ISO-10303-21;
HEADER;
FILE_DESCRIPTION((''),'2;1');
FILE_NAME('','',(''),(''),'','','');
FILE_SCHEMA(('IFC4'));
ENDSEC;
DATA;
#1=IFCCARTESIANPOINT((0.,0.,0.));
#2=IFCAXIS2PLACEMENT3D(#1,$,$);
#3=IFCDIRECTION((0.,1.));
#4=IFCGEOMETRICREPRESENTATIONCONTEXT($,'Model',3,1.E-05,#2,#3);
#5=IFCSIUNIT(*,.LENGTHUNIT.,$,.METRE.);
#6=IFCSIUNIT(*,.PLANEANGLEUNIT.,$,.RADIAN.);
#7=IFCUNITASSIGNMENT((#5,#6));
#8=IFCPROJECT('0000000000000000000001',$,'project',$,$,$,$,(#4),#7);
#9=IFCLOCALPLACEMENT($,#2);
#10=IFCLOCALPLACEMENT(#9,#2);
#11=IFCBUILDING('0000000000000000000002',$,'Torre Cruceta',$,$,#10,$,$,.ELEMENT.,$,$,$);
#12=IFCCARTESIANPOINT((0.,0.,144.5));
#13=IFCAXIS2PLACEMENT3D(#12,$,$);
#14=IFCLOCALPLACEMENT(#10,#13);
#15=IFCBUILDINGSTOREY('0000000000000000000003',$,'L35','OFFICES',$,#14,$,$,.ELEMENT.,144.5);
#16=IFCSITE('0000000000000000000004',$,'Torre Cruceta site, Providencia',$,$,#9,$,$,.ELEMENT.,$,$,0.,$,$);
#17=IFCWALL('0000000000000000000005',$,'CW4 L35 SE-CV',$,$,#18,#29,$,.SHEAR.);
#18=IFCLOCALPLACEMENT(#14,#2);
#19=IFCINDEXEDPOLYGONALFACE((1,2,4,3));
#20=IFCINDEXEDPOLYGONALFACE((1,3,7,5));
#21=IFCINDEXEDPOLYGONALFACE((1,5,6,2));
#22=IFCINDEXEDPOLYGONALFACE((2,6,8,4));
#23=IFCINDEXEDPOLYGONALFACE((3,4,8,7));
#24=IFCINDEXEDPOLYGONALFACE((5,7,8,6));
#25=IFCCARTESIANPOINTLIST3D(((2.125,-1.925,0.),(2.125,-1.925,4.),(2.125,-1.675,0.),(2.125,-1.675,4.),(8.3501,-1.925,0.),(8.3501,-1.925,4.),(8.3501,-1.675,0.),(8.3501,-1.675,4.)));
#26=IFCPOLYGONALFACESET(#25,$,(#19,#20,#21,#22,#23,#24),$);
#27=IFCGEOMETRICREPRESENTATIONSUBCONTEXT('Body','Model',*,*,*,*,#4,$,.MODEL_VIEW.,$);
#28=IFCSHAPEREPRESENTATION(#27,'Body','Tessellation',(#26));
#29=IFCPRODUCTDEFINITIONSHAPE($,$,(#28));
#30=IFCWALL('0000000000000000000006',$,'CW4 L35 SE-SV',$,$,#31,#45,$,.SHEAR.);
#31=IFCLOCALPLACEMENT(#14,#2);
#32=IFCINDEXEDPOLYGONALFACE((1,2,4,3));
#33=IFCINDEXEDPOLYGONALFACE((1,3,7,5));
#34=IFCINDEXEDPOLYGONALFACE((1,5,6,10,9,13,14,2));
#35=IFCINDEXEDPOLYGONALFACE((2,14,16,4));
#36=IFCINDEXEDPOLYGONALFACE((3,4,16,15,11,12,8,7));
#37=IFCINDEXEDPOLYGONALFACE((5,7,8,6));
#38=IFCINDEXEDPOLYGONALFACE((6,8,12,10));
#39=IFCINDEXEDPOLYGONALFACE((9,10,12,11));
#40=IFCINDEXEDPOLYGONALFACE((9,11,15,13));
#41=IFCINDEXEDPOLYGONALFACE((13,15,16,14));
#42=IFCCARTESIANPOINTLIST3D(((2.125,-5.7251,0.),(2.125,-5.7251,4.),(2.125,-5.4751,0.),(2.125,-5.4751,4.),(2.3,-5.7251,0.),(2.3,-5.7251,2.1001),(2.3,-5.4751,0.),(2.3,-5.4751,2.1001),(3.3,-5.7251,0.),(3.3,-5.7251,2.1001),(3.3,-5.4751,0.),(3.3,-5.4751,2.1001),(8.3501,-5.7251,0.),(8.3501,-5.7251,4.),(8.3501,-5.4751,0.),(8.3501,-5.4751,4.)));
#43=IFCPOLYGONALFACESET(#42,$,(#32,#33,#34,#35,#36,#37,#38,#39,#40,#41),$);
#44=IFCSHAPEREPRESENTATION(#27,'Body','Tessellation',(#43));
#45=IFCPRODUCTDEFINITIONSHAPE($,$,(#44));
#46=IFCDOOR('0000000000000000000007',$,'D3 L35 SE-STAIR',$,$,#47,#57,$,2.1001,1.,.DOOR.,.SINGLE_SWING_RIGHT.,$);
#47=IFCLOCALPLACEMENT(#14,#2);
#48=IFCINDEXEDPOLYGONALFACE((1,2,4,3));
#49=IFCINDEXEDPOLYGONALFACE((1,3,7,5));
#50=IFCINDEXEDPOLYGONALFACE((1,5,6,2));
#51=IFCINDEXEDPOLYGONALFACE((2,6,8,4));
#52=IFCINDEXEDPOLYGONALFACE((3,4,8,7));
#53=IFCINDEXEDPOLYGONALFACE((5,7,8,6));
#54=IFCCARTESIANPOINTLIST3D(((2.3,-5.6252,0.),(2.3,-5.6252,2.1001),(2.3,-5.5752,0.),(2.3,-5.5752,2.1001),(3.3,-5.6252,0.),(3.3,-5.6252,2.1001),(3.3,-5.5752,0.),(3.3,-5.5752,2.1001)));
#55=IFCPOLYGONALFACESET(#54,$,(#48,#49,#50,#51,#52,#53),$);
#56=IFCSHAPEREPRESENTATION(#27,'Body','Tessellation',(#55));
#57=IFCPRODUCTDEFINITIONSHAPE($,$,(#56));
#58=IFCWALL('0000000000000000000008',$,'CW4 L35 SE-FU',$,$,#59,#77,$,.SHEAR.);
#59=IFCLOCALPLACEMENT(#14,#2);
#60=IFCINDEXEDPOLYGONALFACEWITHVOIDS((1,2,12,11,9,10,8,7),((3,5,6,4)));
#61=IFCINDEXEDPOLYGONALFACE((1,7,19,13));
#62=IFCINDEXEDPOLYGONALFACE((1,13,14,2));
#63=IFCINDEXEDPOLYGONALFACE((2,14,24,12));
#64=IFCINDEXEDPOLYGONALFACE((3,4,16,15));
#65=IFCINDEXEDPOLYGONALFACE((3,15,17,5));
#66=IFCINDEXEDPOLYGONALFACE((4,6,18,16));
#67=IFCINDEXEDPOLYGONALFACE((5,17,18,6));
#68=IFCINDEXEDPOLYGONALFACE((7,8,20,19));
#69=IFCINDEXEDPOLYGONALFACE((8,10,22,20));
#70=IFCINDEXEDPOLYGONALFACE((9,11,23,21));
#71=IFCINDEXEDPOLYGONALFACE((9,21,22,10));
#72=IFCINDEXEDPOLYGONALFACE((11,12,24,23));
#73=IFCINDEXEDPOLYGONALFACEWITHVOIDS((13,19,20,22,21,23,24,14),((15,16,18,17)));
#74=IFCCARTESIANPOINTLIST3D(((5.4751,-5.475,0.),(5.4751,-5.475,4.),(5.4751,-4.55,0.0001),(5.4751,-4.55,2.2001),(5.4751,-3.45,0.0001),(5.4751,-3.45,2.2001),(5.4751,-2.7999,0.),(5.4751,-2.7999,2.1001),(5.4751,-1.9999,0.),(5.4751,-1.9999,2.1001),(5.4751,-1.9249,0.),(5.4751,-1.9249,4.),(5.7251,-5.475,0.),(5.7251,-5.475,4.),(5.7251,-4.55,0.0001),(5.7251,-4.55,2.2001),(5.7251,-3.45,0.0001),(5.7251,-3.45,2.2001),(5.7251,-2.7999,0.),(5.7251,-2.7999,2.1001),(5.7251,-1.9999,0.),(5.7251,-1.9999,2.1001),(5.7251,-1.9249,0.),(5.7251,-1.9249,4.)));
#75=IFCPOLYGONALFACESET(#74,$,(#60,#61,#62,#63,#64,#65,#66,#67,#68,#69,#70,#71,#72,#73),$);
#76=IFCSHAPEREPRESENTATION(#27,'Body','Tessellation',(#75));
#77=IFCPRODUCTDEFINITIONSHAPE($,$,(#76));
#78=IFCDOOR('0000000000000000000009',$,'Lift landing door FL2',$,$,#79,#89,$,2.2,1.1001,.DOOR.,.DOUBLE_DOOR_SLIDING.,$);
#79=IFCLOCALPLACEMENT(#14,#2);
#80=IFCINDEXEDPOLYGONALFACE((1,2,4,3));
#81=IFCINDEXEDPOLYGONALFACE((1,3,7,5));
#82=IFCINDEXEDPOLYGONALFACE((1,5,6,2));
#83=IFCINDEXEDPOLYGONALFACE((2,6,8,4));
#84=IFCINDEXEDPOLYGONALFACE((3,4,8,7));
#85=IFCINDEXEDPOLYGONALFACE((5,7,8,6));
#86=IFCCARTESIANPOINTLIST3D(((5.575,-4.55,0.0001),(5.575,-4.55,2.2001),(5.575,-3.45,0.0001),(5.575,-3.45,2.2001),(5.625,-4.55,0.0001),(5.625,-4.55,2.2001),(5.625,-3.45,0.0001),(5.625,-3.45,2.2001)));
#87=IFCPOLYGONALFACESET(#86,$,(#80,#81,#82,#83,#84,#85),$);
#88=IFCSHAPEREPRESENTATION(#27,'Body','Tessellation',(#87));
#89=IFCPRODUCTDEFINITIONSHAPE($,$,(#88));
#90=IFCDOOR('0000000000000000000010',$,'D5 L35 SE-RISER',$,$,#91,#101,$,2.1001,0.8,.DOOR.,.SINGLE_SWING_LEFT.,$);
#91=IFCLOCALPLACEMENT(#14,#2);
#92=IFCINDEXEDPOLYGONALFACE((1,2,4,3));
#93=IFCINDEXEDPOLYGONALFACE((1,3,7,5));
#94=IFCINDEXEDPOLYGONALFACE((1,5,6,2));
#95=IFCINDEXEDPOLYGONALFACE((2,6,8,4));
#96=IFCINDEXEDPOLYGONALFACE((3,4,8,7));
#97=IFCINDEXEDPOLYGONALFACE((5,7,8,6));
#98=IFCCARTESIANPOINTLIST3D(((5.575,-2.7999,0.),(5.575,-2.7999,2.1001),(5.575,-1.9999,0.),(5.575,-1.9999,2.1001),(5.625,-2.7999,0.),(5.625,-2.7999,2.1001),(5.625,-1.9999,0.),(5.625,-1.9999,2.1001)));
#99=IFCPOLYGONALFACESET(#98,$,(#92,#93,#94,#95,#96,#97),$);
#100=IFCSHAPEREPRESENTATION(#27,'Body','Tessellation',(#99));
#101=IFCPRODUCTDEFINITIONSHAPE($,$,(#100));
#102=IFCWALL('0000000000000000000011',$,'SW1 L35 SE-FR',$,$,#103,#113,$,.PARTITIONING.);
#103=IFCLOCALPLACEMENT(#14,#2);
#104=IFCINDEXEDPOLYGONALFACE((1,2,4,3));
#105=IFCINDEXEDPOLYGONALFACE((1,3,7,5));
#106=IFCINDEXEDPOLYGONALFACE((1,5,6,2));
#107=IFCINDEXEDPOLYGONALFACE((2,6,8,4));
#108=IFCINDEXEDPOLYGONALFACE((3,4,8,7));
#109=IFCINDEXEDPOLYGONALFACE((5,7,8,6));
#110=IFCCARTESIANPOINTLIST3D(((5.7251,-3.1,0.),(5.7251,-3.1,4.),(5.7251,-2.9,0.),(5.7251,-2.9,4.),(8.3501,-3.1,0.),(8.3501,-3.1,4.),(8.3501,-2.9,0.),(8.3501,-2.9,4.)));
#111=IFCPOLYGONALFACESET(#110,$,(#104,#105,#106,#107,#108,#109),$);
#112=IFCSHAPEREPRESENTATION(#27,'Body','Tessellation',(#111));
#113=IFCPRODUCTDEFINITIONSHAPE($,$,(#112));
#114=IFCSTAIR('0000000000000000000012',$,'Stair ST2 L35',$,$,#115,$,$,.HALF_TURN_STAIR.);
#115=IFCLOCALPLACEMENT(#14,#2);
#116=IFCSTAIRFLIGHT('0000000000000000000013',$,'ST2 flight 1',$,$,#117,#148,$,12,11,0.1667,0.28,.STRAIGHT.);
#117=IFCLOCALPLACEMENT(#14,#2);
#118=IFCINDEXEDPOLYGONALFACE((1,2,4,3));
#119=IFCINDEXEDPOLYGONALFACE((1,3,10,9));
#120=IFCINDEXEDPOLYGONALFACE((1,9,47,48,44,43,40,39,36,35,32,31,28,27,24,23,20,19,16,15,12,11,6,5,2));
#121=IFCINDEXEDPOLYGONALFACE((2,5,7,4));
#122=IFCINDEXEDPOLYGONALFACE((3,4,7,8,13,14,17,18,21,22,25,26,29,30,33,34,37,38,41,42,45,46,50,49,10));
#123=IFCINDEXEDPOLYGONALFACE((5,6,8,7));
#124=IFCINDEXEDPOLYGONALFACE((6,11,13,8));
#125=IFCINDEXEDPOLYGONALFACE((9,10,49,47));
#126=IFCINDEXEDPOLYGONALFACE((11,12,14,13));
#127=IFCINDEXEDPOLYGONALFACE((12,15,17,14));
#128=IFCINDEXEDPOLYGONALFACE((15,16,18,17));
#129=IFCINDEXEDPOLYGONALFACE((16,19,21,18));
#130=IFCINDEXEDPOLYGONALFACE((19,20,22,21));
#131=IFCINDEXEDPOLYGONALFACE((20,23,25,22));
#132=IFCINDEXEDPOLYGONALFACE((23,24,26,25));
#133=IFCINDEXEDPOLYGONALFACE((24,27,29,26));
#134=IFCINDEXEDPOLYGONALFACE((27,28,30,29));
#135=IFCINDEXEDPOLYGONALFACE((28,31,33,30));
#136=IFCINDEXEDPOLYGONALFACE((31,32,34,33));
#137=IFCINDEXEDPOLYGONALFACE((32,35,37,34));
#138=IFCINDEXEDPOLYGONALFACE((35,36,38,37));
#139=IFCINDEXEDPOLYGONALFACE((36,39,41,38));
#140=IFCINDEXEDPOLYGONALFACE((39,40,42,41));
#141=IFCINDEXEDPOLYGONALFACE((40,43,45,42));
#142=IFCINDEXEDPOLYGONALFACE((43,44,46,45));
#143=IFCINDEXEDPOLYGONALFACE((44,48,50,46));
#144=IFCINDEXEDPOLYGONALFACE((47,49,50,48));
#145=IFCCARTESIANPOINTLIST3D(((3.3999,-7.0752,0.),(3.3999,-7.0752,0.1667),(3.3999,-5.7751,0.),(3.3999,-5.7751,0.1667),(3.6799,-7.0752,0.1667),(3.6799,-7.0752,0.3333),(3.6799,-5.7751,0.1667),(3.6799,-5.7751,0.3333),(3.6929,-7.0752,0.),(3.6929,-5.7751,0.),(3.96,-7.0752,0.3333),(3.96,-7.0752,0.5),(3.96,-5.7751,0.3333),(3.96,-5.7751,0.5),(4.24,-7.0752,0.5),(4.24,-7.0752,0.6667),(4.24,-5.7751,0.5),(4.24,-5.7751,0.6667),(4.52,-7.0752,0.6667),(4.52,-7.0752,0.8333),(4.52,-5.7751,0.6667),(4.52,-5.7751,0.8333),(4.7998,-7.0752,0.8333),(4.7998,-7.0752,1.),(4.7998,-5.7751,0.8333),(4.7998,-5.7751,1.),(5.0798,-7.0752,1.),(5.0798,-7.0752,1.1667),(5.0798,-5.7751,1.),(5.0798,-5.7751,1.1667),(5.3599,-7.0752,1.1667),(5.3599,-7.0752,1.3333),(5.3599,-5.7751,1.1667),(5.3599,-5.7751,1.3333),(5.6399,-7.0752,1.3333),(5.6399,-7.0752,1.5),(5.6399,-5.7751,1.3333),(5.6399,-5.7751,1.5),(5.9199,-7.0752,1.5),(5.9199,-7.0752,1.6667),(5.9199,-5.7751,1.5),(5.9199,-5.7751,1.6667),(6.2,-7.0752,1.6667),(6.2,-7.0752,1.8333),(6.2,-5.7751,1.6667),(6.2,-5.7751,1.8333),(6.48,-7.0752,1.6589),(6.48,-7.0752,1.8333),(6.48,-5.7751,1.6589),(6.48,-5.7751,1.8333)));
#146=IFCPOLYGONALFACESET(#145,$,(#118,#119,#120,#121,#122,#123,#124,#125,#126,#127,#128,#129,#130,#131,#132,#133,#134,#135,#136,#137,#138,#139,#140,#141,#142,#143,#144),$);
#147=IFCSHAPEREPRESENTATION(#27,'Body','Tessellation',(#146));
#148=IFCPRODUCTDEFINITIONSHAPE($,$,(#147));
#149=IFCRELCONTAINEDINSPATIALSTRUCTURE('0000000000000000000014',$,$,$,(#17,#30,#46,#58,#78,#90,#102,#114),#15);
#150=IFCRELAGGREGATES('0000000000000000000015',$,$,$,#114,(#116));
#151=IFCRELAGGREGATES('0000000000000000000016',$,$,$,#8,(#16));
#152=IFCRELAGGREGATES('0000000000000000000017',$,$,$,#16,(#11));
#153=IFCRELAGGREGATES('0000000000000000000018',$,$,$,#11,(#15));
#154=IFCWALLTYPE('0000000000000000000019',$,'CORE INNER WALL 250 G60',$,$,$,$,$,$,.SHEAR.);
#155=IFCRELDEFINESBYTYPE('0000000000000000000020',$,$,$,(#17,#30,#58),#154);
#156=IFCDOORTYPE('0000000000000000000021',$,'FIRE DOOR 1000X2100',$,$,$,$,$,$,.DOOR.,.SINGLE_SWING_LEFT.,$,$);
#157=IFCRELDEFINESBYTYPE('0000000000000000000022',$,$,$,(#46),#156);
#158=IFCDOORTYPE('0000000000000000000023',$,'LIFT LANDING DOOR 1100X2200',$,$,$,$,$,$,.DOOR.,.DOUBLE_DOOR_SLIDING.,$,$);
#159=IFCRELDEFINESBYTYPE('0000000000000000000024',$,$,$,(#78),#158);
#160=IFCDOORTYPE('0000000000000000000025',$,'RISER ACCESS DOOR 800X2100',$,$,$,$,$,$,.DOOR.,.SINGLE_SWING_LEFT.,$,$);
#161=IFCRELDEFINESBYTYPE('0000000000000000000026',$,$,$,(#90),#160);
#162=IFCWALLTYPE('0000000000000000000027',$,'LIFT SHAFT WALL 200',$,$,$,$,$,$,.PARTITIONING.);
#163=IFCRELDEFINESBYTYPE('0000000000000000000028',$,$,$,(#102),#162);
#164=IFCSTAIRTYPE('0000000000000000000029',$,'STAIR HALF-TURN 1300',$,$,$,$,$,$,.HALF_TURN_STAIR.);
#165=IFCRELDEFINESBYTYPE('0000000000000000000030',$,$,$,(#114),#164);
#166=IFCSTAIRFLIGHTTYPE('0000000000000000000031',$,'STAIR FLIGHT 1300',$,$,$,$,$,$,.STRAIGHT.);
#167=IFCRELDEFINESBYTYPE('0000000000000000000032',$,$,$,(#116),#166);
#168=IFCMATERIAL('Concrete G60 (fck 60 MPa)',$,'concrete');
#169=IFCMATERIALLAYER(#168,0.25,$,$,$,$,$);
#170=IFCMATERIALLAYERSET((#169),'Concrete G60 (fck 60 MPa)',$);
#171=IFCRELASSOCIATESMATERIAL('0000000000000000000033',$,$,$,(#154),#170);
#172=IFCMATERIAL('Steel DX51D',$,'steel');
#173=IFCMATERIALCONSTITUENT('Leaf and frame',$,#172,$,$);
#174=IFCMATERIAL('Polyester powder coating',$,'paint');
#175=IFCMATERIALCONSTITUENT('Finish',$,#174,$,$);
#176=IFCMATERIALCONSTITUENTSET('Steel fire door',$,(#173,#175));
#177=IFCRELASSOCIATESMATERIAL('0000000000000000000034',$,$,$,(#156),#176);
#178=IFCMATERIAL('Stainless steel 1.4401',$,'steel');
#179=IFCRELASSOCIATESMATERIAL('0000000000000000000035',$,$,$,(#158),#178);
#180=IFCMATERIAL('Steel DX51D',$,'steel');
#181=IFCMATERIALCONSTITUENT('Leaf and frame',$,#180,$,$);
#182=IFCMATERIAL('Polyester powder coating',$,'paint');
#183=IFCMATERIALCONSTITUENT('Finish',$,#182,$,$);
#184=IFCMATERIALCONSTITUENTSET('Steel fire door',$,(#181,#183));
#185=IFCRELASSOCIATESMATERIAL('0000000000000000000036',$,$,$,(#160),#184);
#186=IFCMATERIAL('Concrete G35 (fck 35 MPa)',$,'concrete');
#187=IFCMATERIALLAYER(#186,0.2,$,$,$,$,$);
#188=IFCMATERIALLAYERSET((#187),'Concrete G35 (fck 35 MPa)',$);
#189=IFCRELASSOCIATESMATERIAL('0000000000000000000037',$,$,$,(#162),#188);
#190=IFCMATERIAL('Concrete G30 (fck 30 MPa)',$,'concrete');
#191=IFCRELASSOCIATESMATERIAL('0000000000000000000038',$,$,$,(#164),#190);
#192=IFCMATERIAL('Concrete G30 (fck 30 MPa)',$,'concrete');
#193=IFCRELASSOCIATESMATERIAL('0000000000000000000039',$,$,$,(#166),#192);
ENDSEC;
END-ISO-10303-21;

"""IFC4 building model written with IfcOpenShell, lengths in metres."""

from ifc_helpers import new_model, si_unit, direction, frame, frame_2d, origin, place, context, subcontext, project, spatial, polyline, rectangle, outline, extrude, material, layer, layer_set, constituent, constituent_set, type_object, element, fill, aggregate, save


model = new_model("IFC4")

# Units and contexts
model_context = context("Model", 3, precision=1e-05, world=origin(), true_north=direction((0.0, 1.0)))
body_context = subcontext(model_context, "Body", "Model", "MODEL_VIEW")
ifc_project = project(units=[si_unit("LENGTHUNIT", "METRE"), si_unit("PLANEANGLEUNIT", "RADIAN")], contexts=[model_context])

# Site, building, storey
site_placement = place(None, origin())
site = spatial("IfcSite", under=ifc_project, at=site_placement, Name="Torre Cruceta site, Providencia", CompositionType="ELEMENT", RefElevation=0.0)
building_placement = place(site_placement, origin())
building = spatial("IfcBuilding", under=site, at=building_placement, Name="Torre Cruceta", CompositionType="ELEMENT")
storey_placement = place(building_placement, frame((0.0, 0.0, 144.5)))
storey = spatial("IfcBuildingStorey", under=building, at=storey_placement, Name="L35", Description="OFFICES", CompositionType="ELEMENT", Elevation=144.5)

# Shared definitions
ifc_material_1 = material(Name="Concrete G60 (fck 60 MPa)", Category="concrete")
ifc_layer_1 = layer(ifc_material_1, 0.25)
ifc_layer_set_1 = layer_set([ifc_layer_1], Name="Concrete G60 (fck 60 MPa)")
wall_type_1 = type_object("IfcWallType", Name="CORE INNER WALL 250 G60", PredefinedType="SHEAR", material=ifc_layer_set_1)
ifc_material_2 = material(Name="Steel DX51D", Category="steel")
ifc_constituent_1 = constituent(ifc_material_2, Name="Leaf and frame")
ifc_material_3 = material(Name="Polyester powder coating", Category="paint")
ifc_constituent_2 = constituent(ifc_material_3, Name="Finish")
ifc_constituent_set_1 = constituent_set(constituents=[ifc_constituent_1, ifc_constituent_2], Name="Steel fire door")
door_type_1 = type_object("IfcDoorType", Name="FIRE DOOR 1000X2100", OperationType="SINGLE_SWING_LEFT", PredefinedType="DOOR", material=ifc_constituent_set_1)

# Wall
wall_1_placement = place(storey_placement, frame((2.125, -1.8, 0.0), z_axis=(0.0, 0.0, 1.0), x_axis=(1.0, 0.0, 0.0)))
element("IfcWall", 1, at=wall_1_placement, inside=storey, type_object=wall_type_1, Name="CW4 L35 SE-CV", PredefinedType="SHEAR", context=body_context, shape_type="SweptSolid", body=[
    extrude(rectangle(XDim=6.2251, YDim=0.25, at=frame_2d((3.1125, 0.0))), origin(), (0.0, 0.0, 1.0), 4.0),
])

# Wall, opening, door
wall_2_placement = place(storey_placement, frame((2.125, -5.6001, 0.0), z_axis=(0.0, 0.0, 1.0), x_axis=(1.0, 0.0, 0.0)))
wall_2 = element("IfcWall", 2, at=wall_2_placement, inside=storey, type_object=wall_type_1, Name="CW4 L35 SE-SV", PredefinedType="SHEAR", context=body_context, shape_type="SweptSolid", body=[
    extrude(rectangle(XDim=6.2251, YDim=0.25, at=frame_2d((3.1125, 0.0))), origin(), (0.0, 0.0, 1.0), 4.0),
])
opening_1_placement = place(wall_2_placement, frame((0.175, 0.0, 0.0)))
opening_1 = element("IfcOpeningElement", 3, at=opening_1_placement, cuts=wall_2, PredefinedType="OPENING", context=body_context, shape_type="SweptSolid", body=[
    extrude(rectangle(XDim=1.0, YDim=2.1001, at=frame_2d((0.5, 1.05))), frame((0.0, 0.135, 0.0), z_axis=(0.0, -1.0, 0.0), x_axis=(1.0, 0.0, 0.0)), (0.0, 0.0, 1.0), 0.27),
])
door_1_placement = place(opening_1_placement, frame((1.0, 0.0, 0.0), z_axis=(0.0, 0.0, 1.0), x_axis=(-1.0, 0.0, 0.0)))
door_1 = element("IfcDoor", 4, at=door_1_placement, inside=storey, type_object=door_type_1, Name="D3 L35 SE-STAIR", OperationType="SINGLE_SWING_RIGHT", OverallHeight=2.1001, OverallWidth=1.0, PredefinedType="DOOR", context=body_context, shape_type="SweptSolid", body=[
    extrude(rectangle(XDim=1.0, YDim=2.1001, at=frame_2d((0.5, 1.05))), frame((0.0, 0.0251, 0.0), z_axis=(0.0, -1.0, 0.0), x_axis=(1.0, 0.0, 0.0)), (0.0, 0.0, 1.0), 0.05),
])
fill(opening_1, door_1)

# Wall, openings, doors
wall_3_placement = place(storey_placement, frame((5.6001, -1.925, 0.0), z_axis=(0.0, 0.0, 1.0), x_axis=(0.0, -1.0, 0.0)))
wall_3 = element("IfcWall", 5, at=wall_3_placement, inside=storey, type_object=wall_type_1, Name="CW4 L35 SE-FU", PredefinedType="SHEAR", context=body_context, shape_type="SweptSolid", body=[
    extrude(rectangle(XDim=3.55, YDim=0.25, at=frame_2d((1.7749, 0.0))), origin(), (0.0, 0.0, 1.0), 4.0),
])
opening_2_placement = place(wall_3_placement, frame((1.5249, 0.0, 0.0)))
opening_2 = element("IfcOpeningElement", 6, at=opening_2_placement, cuts=wall_3, PredefinedType="OPENING", context=body_context, shape_type="SweptSolid", body=[
    extrude(rectangle(XDim=1.1001, YDim=2.2, at=frame_2d((0.55, 1.1001))), frame((0.0, 0.135, 0.0), z_axis=(0.0, -1.0, 0.0), x_axis=(1.0, 0.0, 0.0)), (0.0, 0.0, 1.0), 0.27),
])
opening_3_placement = place(wall_3_placement, frame((0.075, 0.0, 0.0)))
opening_3 = element("IfcOpeningElement", 7, at=opening_3_placement, cuts=wall_3, PredefinedType="OPENING", context=body_context, shape_type="SweptSolid", body=[
    extrude(rectangle(XDim=0.8, YDim=2.1001, at=frame_2d((0.3999, 1.05))), frame((0.0, 0.135, 0.0), z_axis=(0.0, -1.0, 0.0), x_axis=(1.0, 0.0, 0.0)), (0.0, 0.0, 1.0), 0.27),
])
ifc_material_4 = material(Name="Stainless steel 1.4401", Category="steel")
door_type_2 = type_object("IfcDoorType", Name="LIFT LANDING DOOR 1100X2200", OperationType="DOUBLE_DOOR_SLIDING", PredefinedType="DOOR", material=ifc_material_4)
door_2_placement = place(opening_2_placement, origin())
door_2 = element("IfcDoor", 8, at=door_2_placement, inside=storey, type_object=door_type_2, Name="Lift landing door FL2", OperationType="DOUBLE_DOOR_SLIDING", OverallHeight=2.2, OverallWidth=1.1001, PredefinedType="DOOR", context=body_context, shape_type="SweptSolid", body=[
    extrude(rectangle(XDim=1.1001, YDim=2.2, at=frame_2d((0.55, 1.1001))), frame((0.0, 0.0249, 0.0), z_axis=(0.0, -1.0, 0.0), x_axis=(1.0, 0.0, 0.0)), (0.0, 0.0, 1.0), 0.05),
])
fill(opening_2, door_2)
ifc_material_5 = material(Name="Steel DX51D", Category="steel")
ifc_constituent_3 = constituent(ifc_material_5, Name="Leaf and frame")
ifc_material_6 = material(Name="Polyester powder coating", Category="paint")
ifc_constituent_4 = constituent(ifc_material_6, Name="Finish")
ifc_constituent_set_2 = constituent_set(constituents=[ifc_constituent_3, ifc_constituent_4], Name="Steel fire door")
door_type_3 = type_object("IfcDoorType", Name="RISER ACCESS DOOR 800X2100", OperationType="SINGLE_SWING_LEFT", PredefinedType="DOOR", material=ifc_constituent_set_2)
door_3_placement = place(opening_3_placement, origin())
door_3 = element("IfcDoor", 9, at=door_3_placement, inside=storey, type_object=door_type_3, Name="D5 L35 SE-RISER", OperationType="SINGLE_SWING_LEFT", OverallHeight=2.1001, OverallWidth=0.8, PredefinedType="DOOR", context=body_context, shape_type="SweptSolid", body=[
    extrude(rectangle(XDim=0.8, YDim=2.1001, at=frame_2d((0.3999, 1.05))), frame((0.0, 0.0249, 0.0), z_axis=(0.0, -1.0, 0.0), x_axis=(1.0, 0.0, 0.0)), (0.0, 0.0, 1.0), 0.05),
])
fill(opening_3, door_3)

# Wall
ifc_material_7 = material(Name="Concrete G35 (fck 35 MPa)", Category="concrete")
ifc_layer_2 = layer(ifc_material_7, 0.2)
ifc_layer_set_2 = layer_set([ifc_layer_2], Name="Concrete G35 (fck 35 MPa)")
wall_type_2 = type_object("IfcWallType", Name="LIFT SHAFT WALL 200", PredefinedType="PARTITIONING", material=ifc_layer_set_2)
wall_4_placement = place(storey_placement, frame((5.7251, -3.0, 0.0), z_axis=(0.0, 0.0, 1.0), x_axis=(1.0, 0.0, 0.0)))
element("IfcWall", 10, at=wall_4_placement, inside=storey, type_object=wall_type_2, Name="SW1 L35 SE-FR", PredefinedType="PARTITIONING", context=body_context, shape_type="SweptSolid", body=[
    extrude(rectangle(XDim=2.625, YDim=0.2, at=frame_2d((1.3125, 0.0))), origin(), (0.0, 0.0, 1.0), 4.0),
])

# Stair, stair flight
ifc_material_8 = material(Name="Concrete G30 (fck 30 MPa)", Category="concrete")
stair_type = type_object("IfcStairType", Name="STAIR HALF-TURN 1300", PredefinedType="HALF_TURN_STAIR", material=ifc_material_8)
stair_placement = place(storey_placement, origin())
stair = element("IfcStair", 11, at=stair_placement, inside=storey, type_object=stair_type, Name="Stair ST2 L35", PredefinedType="HALF_TURN_STAIR")
ifc_material_9 = material(Name="Concrete G30 (fck 30 MPa)", Category="concrete")
stair_flight_type = type_object("IfcStairFlightType", Name="STAIR FLIGHT 1300", PredefinedType="STRAIGHT", material=ifc_material_9)
stair_flight_1_placement = place(storey_placement, frame((3.3999, -6.425, 0.0), z_axis=(0.0, 0.0, 1.0), x_axis=(1.0, 0.0, 0.0)))
stair_flight_1 = element("IfcStairFlight", 12, at=stair_flight_1_placement, type_object=stair_flight_type, Name="ST2 flight 1", NumberOfRisers=12, NumberOfTreads=11, PredefinedType="STRAIGHT", RiserHeight=0.1667, TreadLength=0.28, context=body_context, shape_type="SweptSolid", body=[
    extrude(outline(polyline([(0.0, 0.0), (0.0, 0.1667), (0.28, 0.1667), (0.28, 0.3333), (0.5601, 0.3333), (0.5601, 0.5), (0.8401, 0.5), (0.8401, 0.6667), (1.1201, 0.6667), (1.1201, 0.8333), (1.3999, 0.8333), (1.3999, 1.0), (1.6799, 1.0), (1.6799, 1.1667), (1.96, 1.1667), (1.96, 1.3333), (2.24, 1.3333), (2.24, 1.5), (2.52, 1.5), (2.52, 1.6667), (2.8, 1.6667), (2.8, 1.8333), (3.0801, 1.8333), (3.0801, 2.0), (3.0801, 1.6589), (0.293, 0.0), (0.0, 0.0)])), frame((0.0, 0.6499, 0.0), z_axis=(0.0, -1.0, 0.0), x_axis=(1.0, 0.0, 0.0)), (0.0, 0.0, 1.0), 1.3),
])
aggregate(stair, [stair_flight_1])

save(model, "model.ifc")
